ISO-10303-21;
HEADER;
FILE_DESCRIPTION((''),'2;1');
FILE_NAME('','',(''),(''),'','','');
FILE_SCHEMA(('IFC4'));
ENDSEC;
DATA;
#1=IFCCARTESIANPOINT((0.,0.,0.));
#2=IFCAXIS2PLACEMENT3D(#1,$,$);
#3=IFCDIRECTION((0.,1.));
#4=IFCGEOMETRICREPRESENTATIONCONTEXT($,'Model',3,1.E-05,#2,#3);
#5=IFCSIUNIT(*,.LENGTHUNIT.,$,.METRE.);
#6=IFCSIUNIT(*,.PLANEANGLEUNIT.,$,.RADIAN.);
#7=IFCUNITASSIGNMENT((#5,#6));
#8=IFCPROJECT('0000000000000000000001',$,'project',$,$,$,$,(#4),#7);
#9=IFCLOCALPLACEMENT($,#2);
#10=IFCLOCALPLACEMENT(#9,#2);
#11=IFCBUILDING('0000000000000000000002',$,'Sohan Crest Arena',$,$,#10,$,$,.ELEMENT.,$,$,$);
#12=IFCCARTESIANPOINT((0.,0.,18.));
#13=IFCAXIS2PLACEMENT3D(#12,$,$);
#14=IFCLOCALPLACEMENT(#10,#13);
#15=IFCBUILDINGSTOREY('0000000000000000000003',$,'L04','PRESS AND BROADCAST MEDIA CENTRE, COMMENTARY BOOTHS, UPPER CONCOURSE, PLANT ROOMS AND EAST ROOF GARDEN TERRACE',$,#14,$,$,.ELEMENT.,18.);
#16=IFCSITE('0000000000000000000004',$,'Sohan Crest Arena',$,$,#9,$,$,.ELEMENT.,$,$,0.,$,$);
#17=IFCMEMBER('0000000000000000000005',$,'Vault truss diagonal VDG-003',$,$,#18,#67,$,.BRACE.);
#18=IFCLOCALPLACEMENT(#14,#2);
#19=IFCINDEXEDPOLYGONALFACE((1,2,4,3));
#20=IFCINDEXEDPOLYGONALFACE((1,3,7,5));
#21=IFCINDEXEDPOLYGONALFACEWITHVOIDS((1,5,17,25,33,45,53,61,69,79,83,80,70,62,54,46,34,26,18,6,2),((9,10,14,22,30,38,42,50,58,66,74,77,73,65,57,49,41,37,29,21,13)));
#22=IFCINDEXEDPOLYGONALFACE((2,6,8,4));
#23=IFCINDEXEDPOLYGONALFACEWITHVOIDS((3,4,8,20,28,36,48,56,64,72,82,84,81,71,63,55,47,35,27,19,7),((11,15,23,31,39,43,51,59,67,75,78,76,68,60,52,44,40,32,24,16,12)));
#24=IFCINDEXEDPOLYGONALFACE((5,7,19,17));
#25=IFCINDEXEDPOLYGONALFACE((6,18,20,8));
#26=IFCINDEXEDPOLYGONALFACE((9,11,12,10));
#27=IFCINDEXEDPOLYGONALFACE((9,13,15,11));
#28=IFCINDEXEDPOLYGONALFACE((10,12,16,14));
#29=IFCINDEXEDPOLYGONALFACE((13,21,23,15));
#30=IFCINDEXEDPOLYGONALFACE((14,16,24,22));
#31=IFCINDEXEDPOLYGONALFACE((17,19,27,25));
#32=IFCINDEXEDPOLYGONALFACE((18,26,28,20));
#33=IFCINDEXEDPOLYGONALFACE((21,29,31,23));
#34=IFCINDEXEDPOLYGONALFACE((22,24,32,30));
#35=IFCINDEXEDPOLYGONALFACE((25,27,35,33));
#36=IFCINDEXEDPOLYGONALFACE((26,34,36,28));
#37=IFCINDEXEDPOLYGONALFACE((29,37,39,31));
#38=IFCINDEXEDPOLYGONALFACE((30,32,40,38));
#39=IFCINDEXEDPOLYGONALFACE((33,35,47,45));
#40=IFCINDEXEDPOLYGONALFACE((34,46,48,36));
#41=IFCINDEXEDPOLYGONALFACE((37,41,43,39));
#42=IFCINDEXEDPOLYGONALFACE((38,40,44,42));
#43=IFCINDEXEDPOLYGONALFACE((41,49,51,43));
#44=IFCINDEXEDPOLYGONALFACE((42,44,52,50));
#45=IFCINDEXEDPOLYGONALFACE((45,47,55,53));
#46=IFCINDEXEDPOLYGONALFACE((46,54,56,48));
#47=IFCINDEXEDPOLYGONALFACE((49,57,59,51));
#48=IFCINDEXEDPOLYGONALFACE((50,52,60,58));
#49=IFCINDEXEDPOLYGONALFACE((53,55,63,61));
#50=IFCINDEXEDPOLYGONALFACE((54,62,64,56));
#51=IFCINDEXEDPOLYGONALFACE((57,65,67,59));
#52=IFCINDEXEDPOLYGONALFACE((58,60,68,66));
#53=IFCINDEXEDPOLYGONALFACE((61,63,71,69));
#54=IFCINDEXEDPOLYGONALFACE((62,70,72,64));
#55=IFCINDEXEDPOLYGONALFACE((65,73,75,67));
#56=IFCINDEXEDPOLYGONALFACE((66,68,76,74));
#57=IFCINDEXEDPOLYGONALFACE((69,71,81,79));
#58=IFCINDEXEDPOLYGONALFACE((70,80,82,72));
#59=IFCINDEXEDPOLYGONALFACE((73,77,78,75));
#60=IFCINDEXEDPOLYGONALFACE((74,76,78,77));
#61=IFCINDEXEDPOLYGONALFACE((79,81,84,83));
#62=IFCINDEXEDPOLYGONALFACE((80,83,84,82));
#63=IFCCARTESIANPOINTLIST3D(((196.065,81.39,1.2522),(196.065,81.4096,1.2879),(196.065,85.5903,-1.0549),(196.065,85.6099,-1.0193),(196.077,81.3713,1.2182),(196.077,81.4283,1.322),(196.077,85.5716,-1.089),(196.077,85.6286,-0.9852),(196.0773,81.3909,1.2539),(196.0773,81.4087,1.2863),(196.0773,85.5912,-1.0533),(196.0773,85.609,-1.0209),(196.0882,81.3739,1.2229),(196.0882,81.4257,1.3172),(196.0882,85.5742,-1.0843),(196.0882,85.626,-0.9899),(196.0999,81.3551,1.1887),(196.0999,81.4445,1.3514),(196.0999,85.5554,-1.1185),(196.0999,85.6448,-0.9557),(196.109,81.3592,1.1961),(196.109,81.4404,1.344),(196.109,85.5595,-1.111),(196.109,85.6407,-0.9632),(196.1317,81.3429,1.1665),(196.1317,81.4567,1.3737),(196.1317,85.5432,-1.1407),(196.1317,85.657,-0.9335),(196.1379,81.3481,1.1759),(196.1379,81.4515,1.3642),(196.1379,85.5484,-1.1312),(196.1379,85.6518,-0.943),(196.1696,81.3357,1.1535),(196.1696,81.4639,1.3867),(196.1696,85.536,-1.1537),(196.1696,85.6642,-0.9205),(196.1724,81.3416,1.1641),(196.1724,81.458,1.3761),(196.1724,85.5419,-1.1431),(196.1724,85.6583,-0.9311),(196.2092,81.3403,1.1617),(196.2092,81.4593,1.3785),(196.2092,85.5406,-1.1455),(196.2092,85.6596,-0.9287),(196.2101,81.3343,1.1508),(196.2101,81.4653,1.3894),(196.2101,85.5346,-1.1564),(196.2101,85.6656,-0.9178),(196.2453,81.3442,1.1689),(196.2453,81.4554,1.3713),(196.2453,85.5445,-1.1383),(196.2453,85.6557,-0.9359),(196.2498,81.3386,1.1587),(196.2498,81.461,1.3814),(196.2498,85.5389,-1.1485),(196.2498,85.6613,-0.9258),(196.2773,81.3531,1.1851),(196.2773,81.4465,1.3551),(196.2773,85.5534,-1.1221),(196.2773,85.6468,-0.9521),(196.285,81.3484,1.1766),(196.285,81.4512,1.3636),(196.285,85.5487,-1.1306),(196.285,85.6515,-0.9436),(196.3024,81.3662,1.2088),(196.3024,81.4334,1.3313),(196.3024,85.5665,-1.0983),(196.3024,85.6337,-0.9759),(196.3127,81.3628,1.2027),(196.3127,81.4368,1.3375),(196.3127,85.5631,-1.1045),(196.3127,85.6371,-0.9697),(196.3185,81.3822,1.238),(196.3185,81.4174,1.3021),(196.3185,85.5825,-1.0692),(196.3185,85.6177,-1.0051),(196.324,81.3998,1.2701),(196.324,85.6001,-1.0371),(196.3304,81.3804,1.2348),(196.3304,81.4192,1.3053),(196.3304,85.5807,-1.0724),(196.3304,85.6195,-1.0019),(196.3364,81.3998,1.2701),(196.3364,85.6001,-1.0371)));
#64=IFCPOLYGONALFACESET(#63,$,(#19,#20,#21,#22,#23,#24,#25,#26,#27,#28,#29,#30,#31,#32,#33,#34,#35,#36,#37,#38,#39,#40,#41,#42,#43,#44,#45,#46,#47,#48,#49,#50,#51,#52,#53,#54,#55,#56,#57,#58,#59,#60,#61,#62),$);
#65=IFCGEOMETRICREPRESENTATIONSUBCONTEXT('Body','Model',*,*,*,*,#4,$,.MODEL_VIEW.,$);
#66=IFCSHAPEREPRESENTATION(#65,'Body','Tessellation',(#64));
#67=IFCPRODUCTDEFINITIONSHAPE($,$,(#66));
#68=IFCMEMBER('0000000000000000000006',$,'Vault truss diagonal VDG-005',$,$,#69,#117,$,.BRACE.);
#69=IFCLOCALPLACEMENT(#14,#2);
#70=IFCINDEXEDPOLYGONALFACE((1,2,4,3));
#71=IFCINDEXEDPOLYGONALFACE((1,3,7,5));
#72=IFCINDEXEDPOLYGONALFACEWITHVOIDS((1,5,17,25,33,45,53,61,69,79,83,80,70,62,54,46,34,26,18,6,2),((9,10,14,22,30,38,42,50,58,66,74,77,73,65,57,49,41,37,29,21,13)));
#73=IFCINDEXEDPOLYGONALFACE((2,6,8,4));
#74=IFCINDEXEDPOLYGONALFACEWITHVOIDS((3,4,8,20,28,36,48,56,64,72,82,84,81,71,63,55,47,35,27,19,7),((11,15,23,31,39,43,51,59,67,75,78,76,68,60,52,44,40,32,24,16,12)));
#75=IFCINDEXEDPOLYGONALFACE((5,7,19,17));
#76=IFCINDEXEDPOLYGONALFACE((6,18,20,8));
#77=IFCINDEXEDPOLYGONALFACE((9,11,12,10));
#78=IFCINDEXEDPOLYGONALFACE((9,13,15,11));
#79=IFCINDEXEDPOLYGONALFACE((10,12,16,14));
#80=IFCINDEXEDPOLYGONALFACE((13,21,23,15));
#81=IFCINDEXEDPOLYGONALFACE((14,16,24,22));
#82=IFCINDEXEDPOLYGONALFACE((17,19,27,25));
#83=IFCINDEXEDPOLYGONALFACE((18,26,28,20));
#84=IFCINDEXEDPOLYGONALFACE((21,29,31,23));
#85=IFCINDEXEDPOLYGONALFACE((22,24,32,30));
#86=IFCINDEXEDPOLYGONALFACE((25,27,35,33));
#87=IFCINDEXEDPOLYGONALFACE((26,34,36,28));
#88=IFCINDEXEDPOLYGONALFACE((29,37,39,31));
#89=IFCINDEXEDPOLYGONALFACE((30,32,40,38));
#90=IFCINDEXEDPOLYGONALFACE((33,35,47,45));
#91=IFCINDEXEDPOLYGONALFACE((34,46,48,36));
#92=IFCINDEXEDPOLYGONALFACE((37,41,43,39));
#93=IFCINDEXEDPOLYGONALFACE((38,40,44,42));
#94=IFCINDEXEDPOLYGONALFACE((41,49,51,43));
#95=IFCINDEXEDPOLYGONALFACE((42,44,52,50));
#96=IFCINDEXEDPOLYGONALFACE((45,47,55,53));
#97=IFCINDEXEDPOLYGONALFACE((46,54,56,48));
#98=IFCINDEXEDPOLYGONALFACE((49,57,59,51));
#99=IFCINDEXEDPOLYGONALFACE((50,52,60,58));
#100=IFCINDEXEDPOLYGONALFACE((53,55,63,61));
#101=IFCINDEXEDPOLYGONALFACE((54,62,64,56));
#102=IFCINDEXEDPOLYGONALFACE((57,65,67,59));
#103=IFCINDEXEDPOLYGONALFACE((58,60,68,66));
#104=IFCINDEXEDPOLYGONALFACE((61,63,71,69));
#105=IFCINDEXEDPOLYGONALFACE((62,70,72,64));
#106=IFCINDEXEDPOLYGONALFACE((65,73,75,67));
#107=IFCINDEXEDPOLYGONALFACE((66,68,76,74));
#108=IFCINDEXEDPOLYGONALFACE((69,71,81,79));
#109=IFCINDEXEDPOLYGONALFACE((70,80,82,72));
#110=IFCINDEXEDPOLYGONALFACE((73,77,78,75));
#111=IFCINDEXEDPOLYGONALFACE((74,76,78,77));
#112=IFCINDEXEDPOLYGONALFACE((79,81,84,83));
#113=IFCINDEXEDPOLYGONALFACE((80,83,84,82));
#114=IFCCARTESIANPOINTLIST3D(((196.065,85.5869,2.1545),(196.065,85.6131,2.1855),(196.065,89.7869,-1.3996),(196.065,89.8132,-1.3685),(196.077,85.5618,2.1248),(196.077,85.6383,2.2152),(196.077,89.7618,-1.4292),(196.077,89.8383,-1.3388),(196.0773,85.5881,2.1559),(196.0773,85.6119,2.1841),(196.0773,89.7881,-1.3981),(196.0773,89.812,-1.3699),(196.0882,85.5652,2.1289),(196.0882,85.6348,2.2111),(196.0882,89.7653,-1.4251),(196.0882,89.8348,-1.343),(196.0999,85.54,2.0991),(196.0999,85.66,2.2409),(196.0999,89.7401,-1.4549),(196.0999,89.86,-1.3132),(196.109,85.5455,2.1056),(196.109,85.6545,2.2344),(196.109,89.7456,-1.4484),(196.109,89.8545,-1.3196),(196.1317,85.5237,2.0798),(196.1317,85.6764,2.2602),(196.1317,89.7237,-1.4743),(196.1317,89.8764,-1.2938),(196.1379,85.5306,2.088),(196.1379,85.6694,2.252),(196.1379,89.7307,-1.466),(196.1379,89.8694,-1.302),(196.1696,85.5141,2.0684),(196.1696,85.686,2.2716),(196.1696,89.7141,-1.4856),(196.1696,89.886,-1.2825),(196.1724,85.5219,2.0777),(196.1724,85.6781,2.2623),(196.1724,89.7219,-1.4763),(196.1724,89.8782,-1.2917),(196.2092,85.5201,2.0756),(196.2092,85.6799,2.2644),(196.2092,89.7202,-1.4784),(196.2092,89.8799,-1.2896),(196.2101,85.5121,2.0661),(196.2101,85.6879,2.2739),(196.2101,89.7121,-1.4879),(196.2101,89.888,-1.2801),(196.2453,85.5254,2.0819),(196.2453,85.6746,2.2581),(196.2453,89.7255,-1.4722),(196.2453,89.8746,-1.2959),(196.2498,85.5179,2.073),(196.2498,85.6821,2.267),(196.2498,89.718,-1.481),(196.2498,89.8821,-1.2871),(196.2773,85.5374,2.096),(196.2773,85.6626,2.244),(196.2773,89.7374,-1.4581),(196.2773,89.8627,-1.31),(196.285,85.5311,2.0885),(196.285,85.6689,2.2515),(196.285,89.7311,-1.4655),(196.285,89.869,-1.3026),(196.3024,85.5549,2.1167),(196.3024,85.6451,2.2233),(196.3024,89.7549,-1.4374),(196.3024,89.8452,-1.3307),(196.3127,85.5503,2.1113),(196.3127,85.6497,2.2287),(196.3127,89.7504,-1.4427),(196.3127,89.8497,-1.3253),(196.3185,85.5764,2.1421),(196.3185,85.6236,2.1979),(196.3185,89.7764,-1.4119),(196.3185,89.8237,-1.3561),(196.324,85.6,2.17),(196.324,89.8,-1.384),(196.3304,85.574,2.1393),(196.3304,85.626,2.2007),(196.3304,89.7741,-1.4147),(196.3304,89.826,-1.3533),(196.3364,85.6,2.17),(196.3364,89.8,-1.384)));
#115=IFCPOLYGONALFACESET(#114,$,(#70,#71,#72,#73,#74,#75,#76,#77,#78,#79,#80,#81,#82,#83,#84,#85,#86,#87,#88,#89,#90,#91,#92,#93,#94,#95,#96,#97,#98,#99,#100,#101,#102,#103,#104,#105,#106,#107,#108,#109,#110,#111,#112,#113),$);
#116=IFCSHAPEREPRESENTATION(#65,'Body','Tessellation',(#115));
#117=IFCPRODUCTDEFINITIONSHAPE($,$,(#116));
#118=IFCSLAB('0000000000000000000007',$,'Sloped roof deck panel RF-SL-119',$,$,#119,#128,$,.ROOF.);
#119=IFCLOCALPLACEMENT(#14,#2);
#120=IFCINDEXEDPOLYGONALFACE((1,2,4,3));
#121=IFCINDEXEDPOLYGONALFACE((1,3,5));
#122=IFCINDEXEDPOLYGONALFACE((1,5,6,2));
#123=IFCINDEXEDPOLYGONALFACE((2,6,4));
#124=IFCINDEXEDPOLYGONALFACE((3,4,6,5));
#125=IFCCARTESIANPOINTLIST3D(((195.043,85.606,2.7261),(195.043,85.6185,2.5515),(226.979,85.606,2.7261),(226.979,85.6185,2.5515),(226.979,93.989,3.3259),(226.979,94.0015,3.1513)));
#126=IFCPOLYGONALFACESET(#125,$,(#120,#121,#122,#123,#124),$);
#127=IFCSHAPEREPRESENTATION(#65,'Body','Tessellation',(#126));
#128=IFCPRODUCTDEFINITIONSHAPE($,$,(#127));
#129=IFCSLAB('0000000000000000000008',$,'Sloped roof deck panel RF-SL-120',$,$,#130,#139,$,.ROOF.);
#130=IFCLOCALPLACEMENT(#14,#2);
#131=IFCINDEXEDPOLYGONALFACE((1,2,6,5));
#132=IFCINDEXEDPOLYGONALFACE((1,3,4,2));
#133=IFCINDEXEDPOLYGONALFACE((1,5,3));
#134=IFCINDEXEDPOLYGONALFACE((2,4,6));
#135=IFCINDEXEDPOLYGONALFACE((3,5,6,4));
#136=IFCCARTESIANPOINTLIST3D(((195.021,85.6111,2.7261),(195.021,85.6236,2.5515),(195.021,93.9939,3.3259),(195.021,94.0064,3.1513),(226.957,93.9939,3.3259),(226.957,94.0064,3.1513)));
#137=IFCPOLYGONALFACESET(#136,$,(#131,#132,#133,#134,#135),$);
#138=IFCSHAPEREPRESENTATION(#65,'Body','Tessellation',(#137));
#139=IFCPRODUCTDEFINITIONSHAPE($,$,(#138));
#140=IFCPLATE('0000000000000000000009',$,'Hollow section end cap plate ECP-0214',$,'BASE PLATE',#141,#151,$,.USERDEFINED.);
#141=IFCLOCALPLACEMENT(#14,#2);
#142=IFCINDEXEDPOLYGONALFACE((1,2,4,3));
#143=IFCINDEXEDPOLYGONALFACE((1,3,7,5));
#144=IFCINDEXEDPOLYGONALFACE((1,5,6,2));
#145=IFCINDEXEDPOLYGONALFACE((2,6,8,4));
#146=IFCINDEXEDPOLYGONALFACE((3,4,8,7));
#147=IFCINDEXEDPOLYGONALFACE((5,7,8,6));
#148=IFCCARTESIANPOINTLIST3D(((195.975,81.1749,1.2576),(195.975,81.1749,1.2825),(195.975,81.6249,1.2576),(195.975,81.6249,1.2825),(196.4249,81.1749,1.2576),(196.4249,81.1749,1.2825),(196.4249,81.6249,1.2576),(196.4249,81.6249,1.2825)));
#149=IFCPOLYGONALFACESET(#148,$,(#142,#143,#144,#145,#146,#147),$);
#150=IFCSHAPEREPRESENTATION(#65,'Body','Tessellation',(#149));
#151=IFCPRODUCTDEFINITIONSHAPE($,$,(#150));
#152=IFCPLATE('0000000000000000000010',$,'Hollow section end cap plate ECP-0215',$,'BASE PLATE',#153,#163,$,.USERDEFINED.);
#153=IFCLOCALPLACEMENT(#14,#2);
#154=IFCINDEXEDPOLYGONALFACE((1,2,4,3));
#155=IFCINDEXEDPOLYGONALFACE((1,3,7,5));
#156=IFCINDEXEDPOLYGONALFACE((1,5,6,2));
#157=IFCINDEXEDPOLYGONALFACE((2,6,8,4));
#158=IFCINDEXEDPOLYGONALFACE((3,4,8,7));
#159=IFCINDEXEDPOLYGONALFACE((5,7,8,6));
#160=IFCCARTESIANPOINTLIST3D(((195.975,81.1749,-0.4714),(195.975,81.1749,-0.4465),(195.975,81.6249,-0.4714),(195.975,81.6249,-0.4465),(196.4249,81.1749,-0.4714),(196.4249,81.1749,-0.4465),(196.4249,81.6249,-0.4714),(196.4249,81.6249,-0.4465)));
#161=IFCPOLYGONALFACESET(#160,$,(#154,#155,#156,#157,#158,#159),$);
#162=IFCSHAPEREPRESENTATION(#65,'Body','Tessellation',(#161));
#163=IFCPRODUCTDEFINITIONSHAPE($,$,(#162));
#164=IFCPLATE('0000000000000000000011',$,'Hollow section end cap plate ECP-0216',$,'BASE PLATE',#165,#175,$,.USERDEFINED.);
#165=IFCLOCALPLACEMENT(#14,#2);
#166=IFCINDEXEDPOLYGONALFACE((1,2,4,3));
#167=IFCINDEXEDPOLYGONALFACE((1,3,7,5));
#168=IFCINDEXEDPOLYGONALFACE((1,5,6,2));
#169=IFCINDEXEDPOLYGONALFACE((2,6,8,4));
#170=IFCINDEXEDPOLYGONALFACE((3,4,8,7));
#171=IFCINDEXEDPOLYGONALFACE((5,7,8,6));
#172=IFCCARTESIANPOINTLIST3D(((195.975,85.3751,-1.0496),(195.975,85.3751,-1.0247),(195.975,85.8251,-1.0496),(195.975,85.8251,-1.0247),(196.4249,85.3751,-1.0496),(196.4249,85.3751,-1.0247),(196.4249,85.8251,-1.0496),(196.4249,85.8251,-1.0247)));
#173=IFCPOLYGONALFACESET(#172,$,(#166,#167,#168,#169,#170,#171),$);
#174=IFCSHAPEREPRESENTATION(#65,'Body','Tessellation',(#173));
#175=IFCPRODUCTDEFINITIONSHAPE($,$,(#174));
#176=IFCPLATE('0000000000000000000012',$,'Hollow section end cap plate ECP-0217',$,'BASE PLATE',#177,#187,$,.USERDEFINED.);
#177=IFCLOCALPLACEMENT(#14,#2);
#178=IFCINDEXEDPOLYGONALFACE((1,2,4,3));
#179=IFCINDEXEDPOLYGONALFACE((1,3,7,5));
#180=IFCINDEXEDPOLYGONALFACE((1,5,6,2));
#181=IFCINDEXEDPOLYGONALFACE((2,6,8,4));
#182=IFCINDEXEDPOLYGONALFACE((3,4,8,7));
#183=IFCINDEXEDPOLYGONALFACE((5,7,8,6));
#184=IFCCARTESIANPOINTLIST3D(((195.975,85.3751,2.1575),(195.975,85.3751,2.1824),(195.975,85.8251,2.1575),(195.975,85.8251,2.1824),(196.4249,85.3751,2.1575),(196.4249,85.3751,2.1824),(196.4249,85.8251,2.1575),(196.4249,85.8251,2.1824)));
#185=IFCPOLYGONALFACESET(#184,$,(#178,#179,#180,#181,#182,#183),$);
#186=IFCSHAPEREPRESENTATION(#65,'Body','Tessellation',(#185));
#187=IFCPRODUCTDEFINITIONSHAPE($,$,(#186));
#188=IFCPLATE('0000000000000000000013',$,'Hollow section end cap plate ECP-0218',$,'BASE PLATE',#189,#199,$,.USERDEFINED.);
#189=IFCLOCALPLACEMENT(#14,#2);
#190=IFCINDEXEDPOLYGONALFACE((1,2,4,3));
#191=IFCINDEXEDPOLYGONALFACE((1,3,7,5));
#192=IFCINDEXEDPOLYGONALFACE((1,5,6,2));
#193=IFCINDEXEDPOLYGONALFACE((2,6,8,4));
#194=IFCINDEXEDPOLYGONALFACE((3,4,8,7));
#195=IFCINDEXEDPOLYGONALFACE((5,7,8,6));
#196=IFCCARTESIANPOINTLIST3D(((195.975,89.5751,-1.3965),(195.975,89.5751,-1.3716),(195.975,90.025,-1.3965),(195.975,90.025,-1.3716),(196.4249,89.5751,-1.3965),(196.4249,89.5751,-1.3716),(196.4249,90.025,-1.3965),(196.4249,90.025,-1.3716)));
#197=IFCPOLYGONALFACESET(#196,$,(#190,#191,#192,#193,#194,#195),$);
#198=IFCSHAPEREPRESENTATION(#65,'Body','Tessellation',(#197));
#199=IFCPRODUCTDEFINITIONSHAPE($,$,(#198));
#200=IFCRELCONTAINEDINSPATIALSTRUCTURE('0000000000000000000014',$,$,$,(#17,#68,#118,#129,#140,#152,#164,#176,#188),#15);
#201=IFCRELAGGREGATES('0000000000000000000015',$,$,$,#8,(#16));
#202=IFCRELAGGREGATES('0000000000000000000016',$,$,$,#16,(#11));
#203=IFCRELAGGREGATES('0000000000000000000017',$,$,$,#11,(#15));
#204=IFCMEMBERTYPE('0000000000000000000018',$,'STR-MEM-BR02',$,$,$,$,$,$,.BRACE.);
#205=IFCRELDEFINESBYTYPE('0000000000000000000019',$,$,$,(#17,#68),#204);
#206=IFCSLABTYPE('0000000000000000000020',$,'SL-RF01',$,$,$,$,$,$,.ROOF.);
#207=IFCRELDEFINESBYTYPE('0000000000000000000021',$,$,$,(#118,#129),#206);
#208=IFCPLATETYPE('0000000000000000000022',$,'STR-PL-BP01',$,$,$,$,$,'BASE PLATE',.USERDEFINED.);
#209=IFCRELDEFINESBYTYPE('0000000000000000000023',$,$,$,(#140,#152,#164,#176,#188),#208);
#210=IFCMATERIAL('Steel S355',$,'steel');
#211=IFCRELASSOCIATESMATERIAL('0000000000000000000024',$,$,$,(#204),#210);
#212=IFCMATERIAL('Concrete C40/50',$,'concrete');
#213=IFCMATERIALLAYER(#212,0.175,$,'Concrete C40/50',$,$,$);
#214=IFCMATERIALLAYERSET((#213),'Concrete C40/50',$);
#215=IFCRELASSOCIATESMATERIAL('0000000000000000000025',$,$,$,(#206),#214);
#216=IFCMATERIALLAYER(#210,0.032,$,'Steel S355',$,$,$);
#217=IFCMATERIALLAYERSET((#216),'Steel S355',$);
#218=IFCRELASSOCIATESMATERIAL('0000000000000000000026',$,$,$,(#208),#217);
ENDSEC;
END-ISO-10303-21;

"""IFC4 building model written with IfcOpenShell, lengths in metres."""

from ifc_helpers import new_model, si_unit, direction, frame, origin, origin_2d, place, context, subcontext, project, spatial, polyline, rectangle, hollow_circle, outline, extrude, material, layer, layer_set, material_profile, profile_set, type_object, element, save


model = new_model("IFC4")

# Units and contexts
model_context = context("Model", 3, precision=1e-05, world=origin(), true_north=direction((0.0, 1.0)))
body_context = subcontext(model_context, "Body", "Model", "MODEL_VIEW")
ifc_project = project(units=[si_unit("LENGTHUNIT", "METRE"), si_unit("PLANEANGLEUNIT", "RADIAN")], contexts=[model_context])

# Site, building, storey
site_placement = place(None, origin())
site = spatial("IfcSite", under=ifc_project, at=site_placement, Name="Sohan Crest Arena", CompositionType="ELEMENT", RefElevation=0.0)
building_placement = place(site_placement, origin())
building = spatial("IfcBuilding", under=site, at=building_placement, Name="Sohan Crest Arena", CompositionType="ELEMENT")
storey_placement = place(building_placement, frame((0.0, 0.0, 18.0)))
storey = spatial("IfcBuildingStorey", under=building, at=storey_placement, Name="L04", Description="PRESS AND BROADCAST MEDIA CENTRE, COMMENTARY BOOTHS, UPPER CONCOURSE, PLANT ROOMS AND EAST ROOF GARDEN TERRACE", CompositionType="ELEMENT", Elevation=18.0)

# Shared definitions
ifc_material_1 = material(Name="Steel S355", Category="steel")

# Members
ifc_material_profile_1 = material_profile(ifc_material_1, hollow_circle(Radius=0.1365, WallThickness=0.0125, at=origin_2d()), Name="CHS 273x12.5")
ifc_profile_set_1 = profile_set([ifc_material_profile_1], Name="Steel S355")
member_type_1 = type_object("IfcMemberType", Name="STR-MEM-BR02", PredefinedType="BRACE", material=ifc_profile_set_1)
member_1_placement = place(storey_placement, frame((196.2, 85.6001, -1.0371), z_axis=(0.0, -0.876478, 0.481441), x_axis=(1.0, 0.0, 0.0)))
element("IfcMember", 1, at=member_1_placement, inside=storey, type_object=member_type_1, Name="Vault truss diagonal VDG-003", PredefinedType="BRACE", context=body_context, shape_type="SweptSolid", body=[
    extrude(hollow_circle(Radius=0.1365, WallThickness=0.0125, at=origin_2d()), origin(), (0.0, 0.0, 1.0), 4.7922),
])
member_2_placement = place(storey_placement, frame((196.2, 89.8, -1.384), z_axis=(0.0, -0.763373, 0.645958), x_axis=(1.0, 0.0, 0.0)))
element("IfcMember", 2, at=member_2_placement, inside=storey, type_object=member_type_1, Name="Vault truss diagonal VDG-005", PredefinedType="BRACE", context=body_context, shape_type="SweptSolid", body=[
    extrude(hollow_circle(Radius=0.1365, WallThickness=0.0125, at=origin_2d()), origin(), (0.0, 0.0, 1.0), 5.502),
])

# Slabs
ifc_material_2 = material(Name="Concrete C40/50", Category="concrete")
ifc_layer_1 = layer(ifc_material_2, 0.175, Name="Concrete C40/50")
ifc_layer_set_1 = layer_set([ifc_layer_1], Name="Concrete C40/50")
slab_type = type_object("IfcSlabType", Name="SL-RF01", PredefinedType="ROOF", material=ifc_layer_set_1)
slab_1_placement = place(storey_placement, frame((195.043, 85.606, 2.7261), z_axis=(0.0, -0.071373, 0.99745), x_axis=(1.0, 0.0, 0.0)))
element("IfcSlab", 3, at=slab_1_placement, inside=storey, type_object=slab_type, Name="Sloped roof deck panel RF-SL-119", PredefinedType="ROOF", context=body_context, shape_type="SweptSolid", body=[
    extrude(outline(polyline([(0.0, 0.0), (31.936, 0.0), (31.936, 8.4045), (0.0, 0.0)])), origin(), (0.0, 0.0, -1.0), 0.175),
])
slab_2_placement = place(storey_placement, frame((195.021, 85.6111, 2.7261), z_axis=(0.0, -0.071375, 0.99745), x_axis=(0.967074, 0.253845, 0.018165)))
element("IfcSlab", 4, at=slab_2_placement, inside=storey, type_object=slab_type, Name="Sloped roof deck panel RF-SL-120", PredefinedType="ROOF", context=body_context, shape_type="SweptSolid", body=[
    extrude(outline(polyline([(0.0, 0.0), (33.0234, 0.0), (2.1388, 8.1275), (0.0, 0.0)])), origin(), (0.0, 0.0, -1.0), 0.175),
])

# Plates
ifc_layer_2 = layer(ifc_material_1, 0.032, Name="Steel S355")
ifc_layer_set_2 = layer_set([ifc_layer_2], Name="Steel S355")
plate_type = type_object("IfcPlateType", Name="STR-PL-BP01", ElementType="BASE PLATE", PredefinedType="USERDEFINED", material=ifc_layer_set_2)
for number, where, z_axis, x_axis, name in (
    (5, (196.2, 81.3999, 1.2576), (0.0, 0.0, 1.0), (1.0, 0.0, 0.0), "Hollow section end cap plate ECP-0214"),
    (6, (196.2, 81.3999, -0.4714), (0.0, 0.0, 1.0), (1.0, 0.0, 0.0), "Hollow section end cap plate ECP-0215"),
    (7, (196.2, 85.6001, -1.0496), (0.0, 0.0, 1.0), (1.0, 0.0, 0.0), "Hollow section end cap plate ECP-0216"),
    (8, (196.2, 85.6001, 2.1575), (0.0, 0.0, 1.0), (1.0, 0.0, 0.0), "Hollow section end cap plate ECP-0217"),
    (9, (196.2, 89.8, -1.3965), (0.0, 0.0, 1.0), (1.0, 0.0, 0.0), "Hollow section end cap plate ECP-0218"),
):
    element("IfcPlate", number, at=place(storey_placement, frame(where, z_axis=z_axis, x_axis=x_axis)), inside=storey, type_object=plate_type, Name=name, ObjectType="BASE PLATE", PredefinedType="USERDEFINED", context=body_context, shape_type="SweptSolid", body=[
        extrude(rectangle(XDim=0.45, YDim=0.45, at=origin_2d()), origin(), (0.0, 0.0, 1.0), 0.0249),
    ])

save(model, "model.ifc")
